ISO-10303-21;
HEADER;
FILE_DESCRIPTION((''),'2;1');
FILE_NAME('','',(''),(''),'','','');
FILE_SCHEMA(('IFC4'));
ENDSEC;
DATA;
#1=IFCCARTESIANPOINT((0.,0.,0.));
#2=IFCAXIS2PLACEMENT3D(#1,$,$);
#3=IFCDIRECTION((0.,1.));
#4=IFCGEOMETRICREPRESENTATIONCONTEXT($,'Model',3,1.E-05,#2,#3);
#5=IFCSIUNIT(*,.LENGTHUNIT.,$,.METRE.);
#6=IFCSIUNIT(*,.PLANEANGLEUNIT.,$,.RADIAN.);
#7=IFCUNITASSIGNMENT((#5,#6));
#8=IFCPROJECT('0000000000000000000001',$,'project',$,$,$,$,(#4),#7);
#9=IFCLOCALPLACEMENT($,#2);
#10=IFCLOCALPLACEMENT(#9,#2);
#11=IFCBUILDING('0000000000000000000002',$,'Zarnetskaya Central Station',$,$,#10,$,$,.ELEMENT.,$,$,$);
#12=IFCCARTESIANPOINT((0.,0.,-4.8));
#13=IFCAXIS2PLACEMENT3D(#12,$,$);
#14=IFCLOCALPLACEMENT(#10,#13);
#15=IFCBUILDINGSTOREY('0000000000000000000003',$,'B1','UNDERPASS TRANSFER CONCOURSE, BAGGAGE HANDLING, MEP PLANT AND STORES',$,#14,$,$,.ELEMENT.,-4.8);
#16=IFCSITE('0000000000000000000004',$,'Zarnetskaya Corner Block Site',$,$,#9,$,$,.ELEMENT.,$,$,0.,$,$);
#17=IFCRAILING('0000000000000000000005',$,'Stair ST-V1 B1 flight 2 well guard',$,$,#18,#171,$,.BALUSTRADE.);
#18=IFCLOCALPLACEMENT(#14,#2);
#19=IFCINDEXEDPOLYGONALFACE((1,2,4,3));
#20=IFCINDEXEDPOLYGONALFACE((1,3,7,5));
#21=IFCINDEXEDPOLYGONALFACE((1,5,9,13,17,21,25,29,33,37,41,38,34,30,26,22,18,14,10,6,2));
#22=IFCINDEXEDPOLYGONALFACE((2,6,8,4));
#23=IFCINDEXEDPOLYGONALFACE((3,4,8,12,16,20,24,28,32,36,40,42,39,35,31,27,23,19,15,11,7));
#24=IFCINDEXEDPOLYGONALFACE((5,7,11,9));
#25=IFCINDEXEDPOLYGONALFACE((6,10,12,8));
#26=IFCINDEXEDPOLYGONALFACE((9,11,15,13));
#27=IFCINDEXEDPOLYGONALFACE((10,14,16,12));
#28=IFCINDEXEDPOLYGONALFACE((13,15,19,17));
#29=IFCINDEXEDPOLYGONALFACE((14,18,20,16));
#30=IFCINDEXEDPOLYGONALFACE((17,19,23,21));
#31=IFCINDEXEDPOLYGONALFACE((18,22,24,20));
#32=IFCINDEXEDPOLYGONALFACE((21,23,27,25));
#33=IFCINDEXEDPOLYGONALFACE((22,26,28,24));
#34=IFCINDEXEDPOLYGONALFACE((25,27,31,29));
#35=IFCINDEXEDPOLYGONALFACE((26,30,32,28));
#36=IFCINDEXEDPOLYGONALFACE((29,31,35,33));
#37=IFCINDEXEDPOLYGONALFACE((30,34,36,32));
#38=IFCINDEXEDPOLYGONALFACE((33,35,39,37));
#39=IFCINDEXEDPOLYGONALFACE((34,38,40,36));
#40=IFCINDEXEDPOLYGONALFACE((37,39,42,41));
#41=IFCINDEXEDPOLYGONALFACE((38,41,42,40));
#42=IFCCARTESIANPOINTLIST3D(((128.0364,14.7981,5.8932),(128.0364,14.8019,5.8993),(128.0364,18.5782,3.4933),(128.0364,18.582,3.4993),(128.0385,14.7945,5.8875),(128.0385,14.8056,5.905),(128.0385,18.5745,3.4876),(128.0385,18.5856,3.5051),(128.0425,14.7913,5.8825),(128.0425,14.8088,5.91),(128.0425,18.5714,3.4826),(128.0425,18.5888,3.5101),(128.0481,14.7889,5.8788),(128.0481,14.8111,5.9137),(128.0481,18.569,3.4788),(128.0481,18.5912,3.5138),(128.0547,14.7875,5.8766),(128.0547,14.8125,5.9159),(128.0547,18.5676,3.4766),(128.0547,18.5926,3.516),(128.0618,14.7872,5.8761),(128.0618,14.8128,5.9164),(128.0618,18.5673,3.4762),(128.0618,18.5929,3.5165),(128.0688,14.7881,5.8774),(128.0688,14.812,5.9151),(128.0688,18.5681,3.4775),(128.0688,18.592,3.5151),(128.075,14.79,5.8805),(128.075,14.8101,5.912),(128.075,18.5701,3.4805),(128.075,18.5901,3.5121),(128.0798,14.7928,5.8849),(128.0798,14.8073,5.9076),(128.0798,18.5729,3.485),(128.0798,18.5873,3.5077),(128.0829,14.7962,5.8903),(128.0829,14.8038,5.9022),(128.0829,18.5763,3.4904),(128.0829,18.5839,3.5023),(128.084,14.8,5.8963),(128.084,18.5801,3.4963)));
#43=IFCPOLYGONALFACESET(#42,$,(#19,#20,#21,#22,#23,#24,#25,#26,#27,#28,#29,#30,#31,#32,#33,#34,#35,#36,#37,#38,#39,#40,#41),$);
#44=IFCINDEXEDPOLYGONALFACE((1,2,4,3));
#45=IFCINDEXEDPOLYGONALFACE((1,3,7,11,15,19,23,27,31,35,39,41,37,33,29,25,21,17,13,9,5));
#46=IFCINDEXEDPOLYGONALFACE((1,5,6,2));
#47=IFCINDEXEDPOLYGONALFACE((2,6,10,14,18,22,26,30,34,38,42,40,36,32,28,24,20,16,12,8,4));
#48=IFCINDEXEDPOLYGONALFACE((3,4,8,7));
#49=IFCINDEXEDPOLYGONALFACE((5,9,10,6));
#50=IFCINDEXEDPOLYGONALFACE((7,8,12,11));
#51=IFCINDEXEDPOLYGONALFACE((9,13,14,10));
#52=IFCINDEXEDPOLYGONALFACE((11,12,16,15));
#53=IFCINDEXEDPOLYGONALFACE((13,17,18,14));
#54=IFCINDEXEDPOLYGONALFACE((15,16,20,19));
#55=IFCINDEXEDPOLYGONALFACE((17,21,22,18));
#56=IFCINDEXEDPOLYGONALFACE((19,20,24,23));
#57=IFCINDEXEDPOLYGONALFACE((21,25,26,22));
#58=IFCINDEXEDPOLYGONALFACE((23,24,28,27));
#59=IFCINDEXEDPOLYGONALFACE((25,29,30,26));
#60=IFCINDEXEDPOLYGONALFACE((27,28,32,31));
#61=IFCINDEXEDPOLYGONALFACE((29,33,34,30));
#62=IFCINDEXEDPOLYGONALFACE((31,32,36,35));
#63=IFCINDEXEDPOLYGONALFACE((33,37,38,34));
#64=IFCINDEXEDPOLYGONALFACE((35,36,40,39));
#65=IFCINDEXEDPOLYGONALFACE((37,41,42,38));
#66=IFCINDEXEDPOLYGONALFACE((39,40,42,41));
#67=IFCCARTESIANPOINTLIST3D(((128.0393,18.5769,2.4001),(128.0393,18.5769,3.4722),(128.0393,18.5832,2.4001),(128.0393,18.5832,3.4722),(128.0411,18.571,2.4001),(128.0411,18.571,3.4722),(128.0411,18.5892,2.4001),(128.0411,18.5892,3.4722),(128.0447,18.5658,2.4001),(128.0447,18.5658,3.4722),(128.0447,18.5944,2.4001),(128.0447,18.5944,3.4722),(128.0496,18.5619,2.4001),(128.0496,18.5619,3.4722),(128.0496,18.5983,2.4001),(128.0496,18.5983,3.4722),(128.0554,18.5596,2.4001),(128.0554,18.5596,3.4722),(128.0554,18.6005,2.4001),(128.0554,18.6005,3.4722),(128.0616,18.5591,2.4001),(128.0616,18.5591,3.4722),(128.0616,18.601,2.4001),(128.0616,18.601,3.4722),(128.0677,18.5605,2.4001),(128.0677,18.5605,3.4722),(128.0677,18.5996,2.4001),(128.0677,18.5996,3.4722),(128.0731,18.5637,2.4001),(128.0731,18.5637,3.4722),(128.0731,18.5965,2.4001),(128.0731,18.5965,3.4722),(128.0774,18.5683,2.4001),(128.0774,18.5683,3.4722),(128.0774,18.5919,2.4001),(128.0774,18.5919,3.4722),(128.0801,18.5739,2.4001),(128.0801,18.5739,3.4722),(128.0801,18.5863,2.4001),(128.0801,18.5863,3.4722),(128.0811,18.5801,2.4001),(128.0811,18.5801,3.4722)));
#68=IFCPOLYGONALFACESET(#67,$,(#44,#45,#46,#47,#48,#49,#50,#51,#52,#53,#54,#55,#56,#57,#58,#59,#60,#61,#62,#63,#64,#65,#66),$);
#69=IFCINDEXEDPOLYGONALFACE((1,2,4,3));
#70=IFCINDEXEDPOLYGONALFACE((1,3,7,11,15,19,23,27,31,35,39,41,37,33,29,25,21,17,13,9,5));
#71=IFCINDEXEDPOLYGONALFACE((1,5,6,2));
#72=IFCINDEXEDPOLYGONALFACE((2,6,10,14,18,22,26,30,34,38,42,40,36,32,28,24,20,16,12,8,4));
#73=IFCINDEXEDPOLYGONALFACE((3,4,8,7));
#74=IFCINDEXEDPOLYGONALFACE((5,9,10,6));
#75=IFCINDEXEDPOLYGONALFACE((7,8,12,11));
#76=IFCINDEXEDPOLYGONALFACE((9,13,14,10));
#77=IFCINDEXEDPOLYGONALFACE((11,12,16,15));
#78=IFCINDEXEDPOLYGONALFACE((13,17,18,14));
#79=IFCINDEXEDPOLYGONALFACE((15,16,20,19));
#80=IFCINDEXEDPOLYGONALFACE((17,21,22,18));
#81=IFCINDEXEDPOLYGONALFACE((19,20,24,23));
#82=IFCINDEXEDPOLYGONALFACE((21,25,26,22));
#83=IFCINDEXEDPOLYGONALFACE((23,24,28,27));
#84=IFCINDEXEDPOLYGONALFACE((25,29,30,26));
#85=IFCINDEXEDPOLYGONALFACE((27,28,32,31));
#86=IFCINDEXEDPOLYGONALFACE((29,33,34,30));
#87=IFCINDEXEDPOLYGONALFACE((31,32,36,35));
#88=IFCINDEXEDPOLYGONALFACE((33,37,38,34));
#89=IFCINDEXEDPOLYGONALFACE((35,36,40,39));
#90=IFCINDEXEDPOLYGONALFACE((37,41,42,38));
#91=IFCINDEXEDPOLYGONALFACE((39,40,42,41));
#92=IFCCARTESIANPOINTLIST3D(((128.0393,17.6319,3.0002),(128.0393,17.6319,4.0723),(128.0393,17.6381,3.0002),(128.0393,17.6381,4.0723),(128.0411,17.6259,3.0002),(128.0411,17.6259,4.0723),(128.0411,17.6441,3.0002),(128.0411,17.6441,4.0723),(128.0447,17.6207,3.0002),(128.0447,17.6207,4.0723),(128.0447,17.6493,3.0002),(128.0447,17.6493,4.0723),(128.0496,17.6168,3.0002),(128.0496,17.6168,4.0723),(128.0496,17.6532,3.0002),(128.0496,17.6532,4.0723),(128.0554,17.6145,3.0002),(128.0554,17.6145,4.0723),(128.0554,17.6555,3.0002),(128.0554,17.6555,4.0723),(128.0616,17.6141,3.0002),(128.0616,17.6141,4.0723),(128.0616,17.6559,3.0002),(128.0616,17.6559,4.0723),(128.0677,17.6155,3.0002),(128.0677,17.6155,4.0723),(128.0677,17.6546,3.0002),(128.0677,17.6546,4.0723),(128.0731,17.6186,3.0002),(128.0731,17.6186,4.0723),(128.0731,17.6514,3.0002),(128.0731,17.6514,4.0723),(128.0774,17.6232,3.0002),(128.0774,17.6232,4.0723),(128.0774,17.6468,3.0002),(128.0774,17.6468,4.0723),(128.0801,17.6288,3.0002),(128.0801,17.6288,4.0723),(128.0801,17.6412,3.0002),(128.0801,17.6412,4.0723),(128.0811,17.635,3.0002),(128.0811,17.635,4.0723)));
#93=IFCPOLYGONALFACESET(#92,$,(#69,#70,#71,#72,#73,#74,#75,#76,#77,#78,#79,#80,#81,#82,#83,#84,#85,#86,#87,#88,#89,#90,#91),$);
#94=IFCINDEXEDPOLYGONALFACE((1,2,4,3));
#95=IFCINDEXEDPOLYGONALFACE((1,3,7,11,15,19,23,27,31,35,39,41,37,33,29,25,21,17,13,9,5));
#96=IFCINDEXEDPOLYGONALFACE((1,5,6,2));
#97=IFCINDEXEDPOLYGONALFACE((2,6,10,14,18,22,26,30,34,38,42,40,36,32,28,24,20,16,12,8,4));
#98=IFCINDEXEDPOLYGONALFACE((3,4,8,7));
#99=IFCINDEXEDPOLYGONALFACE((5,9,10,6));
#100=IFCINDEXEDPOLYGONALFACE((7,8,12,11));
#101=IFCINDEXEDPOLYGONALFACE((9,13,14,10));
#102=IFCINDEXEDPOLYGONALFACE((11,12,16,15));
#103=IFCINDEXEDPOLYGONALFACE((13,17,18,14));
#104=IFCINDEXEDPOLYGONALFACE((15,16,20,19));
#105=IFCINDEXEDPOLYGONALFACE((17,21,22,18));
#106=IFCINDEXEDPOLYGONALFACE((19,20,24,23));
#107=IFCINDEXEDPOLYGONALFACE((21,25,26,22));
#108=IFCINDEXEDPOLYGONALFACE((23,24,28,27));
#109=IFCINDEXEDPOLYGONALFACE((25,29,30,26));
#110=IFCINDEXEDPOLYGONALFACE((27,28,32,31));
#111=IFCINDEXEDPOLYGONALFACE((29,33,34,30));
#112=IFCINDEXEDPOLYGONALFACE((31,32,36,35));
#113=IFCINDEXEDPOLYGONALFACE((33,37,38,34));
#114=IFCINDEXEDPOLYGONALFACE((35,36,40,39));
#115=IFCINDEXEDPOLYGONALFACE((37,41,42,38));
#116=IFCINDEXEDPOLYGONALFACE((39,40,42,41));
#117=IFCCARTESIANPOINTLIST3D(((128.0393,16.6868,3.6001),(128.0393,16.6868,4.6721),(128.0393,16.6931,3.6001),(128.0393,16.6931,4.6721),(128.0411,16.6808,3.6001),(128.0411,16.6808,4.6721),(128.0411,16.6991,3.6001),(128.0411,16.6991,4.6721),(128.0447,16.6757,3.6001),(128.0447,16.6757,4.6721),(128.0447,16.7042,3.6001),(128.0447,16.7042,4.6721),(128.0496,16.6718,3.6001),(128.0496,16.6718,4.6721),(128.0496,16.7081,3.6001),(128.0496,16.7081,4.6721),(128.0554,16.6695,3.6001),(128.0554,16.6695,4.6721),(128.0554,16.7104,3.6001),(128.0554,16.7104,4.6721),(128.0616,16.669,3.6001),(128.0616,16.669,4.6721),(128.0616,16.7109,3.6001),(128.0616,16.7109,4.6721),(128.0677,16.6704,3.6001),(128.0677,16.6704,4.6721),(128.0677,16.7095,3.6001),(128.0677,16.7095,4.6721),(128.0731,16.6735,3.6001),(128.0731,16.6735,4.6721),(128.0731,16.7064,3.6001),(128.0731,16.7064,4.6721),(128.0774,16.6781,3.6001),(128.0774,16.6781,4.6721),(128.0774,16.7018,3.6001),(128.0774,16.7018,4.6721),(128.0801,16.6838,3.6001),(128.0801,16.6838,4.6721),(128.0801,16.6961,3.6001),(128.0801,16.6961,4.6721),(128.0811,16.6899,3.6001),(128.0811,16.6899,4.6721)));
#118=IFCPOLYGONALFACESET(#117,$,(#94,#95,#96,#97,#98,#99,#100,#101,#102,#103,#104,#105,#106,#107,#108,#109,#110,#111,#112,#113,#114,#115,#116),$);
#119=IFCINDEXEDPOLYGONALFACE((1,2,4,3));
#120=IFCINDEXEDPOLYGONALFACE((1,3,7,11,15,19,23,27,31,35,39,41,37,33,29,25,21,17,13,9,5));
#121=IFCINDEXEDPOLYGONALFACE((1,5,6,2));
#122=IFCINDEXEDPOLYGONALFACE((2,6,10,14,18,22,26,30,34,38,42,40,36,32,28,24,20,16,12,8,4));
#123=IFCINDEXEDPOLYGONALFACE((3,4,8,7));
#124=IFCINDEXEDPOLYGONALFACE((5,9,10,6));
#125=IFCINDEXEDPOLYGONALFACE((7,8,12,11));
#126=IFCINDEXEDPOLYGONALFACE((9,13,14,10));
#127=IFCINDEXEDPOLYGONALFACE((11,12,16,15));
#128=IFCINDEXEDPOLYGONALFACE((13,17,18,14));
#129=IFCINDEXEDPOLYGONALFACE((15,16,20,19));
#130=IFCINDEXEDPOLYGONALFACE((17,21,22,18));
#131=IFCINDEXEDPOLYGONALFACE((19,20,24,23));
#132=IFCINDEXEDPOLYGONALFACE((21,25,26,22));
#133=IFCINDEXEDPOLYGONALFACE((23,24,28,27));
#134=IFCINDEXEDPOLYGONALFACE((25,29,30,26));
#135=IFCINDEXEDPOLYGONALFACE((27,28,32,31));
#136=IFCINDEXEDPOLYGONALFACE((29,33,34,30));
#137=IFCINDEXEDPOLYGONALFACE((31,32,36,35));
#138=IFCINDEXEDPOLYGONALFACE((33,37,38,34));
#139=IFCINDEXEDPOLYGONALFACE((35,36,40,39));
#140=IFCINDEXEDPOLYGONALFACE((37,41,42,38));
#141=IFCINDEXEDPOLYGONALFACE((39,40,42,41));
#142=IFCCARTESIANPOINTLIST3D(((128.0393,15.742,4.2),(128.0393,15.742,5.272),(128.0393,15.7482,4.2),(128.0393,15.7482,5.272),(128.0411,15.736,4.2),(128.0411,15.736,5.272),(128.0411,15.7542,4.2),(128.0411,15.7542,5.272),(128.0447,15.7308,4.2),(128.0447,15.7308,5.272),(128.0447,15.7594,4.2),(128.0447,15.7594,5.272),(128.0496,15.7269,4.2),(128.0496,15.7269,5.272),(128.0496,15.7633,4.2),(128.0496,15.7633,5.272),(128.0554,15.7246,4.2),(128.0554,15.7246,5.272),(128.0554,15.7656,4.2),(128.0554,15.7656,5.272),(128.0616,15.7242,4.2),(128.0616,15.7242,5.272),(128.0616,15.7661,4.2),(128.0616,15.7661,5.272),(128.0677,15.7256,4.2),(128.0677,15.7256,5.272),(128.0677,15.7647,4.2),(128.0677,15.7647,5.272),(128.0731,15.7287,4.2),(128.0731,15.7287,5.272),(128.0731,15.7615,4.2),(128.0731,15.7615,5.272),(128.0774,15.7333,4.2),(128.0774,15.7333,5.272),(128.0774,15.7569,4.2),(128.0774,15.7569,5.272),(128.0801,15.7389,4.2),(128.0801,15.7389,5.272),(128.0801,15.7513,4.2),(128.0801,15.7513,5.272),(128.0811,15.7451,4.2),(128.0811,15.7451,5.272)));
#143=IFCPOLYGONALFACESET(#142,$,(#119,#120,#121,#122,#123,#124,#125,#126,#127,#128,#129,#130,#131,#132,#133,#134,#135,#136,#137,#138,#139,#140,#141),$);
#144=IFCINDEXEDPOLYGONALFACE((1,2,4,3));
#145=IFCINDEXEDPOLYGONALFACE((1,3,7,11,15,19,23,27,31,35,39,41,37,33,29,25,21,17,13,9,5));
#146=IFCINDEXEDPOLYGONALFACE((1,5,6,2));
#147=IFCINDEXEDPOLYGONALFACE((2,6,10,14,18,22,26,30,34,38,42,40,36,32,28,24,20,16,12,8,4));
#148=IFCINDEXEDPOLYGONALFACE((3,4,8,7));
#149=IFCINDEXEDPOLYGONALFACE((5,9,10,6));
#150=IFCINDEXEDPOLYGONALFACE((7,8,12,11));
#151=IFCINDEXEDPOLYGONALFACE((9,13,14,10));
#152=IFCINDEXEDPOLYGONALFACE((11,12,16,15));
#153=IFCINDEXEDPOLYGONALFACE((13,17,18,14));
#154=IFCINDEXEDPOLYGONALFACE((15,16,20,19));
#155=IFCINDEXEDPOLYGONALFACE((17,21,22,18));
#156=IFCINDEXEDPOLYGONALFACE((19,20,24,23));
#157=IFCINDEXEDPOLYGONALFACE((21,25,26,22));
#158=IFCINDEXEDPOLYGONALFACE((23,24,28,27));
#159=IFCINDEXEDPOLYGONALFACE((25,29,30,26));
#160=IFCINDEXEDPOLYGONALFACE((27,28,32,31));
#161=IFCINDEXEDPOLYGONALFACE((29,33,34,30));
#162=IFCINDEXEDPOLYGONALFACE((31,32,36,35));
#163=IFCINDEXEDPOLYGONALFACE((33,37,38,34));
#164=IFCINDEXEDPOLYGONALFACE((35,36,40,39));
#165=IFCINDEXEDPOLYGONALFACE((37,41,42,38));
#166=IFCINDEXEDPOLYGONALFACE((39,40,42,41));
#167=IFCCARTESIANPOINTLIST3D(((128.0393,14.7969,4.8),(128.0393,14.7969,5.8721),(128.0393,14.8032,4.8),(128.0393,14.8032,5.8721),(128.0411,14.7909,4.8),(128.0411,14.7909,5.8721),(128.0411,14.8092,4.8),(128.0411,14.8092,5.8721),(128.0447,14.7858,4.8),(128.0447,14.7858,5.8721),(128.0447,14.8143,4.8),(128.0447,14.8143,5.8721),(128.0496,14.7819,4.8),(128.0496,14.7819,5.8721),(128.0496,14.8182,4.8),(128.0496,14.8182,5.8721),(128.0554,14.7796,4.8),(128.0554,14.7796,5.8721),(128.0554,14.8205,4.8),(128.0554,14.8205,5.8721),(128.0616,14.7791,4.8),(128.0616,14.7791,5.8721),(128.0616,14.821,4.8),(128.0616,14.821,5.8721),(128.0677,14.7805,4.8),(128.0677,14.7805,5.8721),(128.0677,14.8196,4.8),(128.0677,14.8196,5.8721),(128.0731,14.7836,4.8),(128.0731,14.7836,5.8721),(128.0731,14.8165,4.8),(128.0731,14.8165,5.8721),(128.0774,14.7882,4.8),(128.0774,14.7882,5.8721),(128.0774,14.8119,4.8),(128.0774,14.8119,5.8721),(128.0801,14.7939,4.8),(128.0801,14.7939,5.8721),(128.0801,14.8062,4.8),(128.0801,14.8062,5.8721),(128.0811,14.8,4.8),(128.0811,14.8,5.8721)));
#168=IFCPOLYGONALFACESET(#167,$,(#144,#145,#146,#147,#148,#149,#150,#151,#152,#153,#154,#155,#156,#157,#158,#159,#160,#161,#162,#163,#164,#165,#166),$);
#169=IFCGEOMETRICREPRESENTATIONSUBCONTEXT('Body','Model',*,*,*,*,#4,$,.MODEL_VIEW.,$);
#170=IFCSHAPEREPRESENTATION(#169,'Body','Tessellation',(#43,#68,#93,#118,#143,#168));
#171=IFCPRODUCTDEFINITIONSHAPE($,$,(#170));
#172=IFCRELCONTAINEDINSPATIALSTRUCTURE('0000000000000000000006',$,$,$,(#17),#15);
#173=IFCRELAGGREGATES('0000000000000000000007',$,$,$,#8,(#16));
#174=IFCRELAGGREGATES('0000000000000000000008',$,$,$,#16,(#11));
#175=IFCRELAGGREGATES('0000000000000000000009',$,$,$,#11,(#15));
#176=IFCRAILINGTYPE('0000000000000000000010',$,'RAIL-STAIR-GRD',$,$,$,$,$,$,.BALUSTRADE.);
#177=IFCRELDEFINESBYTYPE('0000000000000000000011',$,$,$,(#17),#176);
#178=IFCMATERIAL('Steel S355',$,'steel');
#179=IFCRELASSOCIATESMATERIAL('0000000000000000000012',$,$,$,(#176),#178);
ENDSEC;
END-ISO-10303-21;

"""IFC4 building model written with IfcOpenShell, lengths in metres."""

from ifc_helpers import new_model, si_unit, direction, frame, origin, origin_2d, place, context, subcontext, project, spatial, circle, extrude, material, type_object, element, save


model = new_model("IFC4")

# Units and contexts
model_context = context("Model", 3, precision=1e-05, world=origin(), true_north=direction((0.0, 1.0)))
body_context = subcontext(model_context, "Body", "Model", "MODEL_VIEW")
ifc_project = project(units=[si_unit("LENGTHUNIT", "METRE"), si_unit("PLANEANGLEUNIT", "RADIAN")], contexts=[model_context])

# Site, building, storey
site_placement = place(None, origin())
site = spatial("IfcSite", under=ifc_project, at=site_placement, Name="Zarnetskaya Corner Block Site", CompositionType="ELEMENT", RefElevation=0.0)
building_placement = place(site_placement, origin())
building = spatial("IfcBuilding", under=site, at=building_placement, Name="Zarnetskaya Central Station", CompositionType="ELEMENT")
storey_placement = place(building_placement, frame((0.0, 0.0, -4.8)))
storey = spatial("IfcBuildingStorey", under=building, at=storey_placement, Name="B1", Description="UNDERPASS TRANSFER CONCOURSE, BAGGAGE HANDLING, MEP PLANT AND STORES", CompositionType="ELEMENT", Elevation=-4.8)

# Railing
ifc_material_1 = material(Name="Steel S355", Category="steel")
railing_type_1 = type_object("IfcRailingType", Name="RAIL-STAIR-GRD", PredefinedType="BALUSTRADE", material=ifc_material_1)
railing_1_placement = place(storey_placement, frame((128.0601, 18.5801, 2.4001)))
element("IfcRailing", 1, at=railing_1_placement, inside=storey, type_object=railing_type_1, Name="Stair ST-V1 B1 flight 2 well guard", PredefinedType="BALUSTRADE", context=body_context, shape_type="SweptSolid", body=[
    extrude(circle(Radius=0.0239, at=origin_2d()), frame((0.0, 0.0, 1.0962), z_axis=(0.0, -0.844225, 0.53599), x_axis=(1.0, 0.0, 0.0)), (0.0, 0.0, 1.0), 4.4775),
    extrude(circle(Radius=0.021, at=origin_2d()), origin(), (0.0, 0.0, 1.0), 1.072),
    extrude(circle(Radius=0.021, at=origin_2d()), frame((0.0, -0.9451, 0.6001)), (0.0, 0.0, 1.0), 1.072),
    extrude(circle(Radius=0.021, at=origin_2d()), frame((0.0, -1.8901, 1.2)), (0.0, 0.0, 1.0), 1.072),
    extrude(circle(Radius=0.021, at=origin_2d()), frame((0.0, -2.835, 1.7998)), (0.0, 0.0, 1.0), 1.072),
    extrude(circle(Radius=0.021, at=origin_2d()), frame((0.0, -3.78, 2.3999)), (0.0, 0.0, 1.0), 1.072),
])

save(model, "model.ifc")
